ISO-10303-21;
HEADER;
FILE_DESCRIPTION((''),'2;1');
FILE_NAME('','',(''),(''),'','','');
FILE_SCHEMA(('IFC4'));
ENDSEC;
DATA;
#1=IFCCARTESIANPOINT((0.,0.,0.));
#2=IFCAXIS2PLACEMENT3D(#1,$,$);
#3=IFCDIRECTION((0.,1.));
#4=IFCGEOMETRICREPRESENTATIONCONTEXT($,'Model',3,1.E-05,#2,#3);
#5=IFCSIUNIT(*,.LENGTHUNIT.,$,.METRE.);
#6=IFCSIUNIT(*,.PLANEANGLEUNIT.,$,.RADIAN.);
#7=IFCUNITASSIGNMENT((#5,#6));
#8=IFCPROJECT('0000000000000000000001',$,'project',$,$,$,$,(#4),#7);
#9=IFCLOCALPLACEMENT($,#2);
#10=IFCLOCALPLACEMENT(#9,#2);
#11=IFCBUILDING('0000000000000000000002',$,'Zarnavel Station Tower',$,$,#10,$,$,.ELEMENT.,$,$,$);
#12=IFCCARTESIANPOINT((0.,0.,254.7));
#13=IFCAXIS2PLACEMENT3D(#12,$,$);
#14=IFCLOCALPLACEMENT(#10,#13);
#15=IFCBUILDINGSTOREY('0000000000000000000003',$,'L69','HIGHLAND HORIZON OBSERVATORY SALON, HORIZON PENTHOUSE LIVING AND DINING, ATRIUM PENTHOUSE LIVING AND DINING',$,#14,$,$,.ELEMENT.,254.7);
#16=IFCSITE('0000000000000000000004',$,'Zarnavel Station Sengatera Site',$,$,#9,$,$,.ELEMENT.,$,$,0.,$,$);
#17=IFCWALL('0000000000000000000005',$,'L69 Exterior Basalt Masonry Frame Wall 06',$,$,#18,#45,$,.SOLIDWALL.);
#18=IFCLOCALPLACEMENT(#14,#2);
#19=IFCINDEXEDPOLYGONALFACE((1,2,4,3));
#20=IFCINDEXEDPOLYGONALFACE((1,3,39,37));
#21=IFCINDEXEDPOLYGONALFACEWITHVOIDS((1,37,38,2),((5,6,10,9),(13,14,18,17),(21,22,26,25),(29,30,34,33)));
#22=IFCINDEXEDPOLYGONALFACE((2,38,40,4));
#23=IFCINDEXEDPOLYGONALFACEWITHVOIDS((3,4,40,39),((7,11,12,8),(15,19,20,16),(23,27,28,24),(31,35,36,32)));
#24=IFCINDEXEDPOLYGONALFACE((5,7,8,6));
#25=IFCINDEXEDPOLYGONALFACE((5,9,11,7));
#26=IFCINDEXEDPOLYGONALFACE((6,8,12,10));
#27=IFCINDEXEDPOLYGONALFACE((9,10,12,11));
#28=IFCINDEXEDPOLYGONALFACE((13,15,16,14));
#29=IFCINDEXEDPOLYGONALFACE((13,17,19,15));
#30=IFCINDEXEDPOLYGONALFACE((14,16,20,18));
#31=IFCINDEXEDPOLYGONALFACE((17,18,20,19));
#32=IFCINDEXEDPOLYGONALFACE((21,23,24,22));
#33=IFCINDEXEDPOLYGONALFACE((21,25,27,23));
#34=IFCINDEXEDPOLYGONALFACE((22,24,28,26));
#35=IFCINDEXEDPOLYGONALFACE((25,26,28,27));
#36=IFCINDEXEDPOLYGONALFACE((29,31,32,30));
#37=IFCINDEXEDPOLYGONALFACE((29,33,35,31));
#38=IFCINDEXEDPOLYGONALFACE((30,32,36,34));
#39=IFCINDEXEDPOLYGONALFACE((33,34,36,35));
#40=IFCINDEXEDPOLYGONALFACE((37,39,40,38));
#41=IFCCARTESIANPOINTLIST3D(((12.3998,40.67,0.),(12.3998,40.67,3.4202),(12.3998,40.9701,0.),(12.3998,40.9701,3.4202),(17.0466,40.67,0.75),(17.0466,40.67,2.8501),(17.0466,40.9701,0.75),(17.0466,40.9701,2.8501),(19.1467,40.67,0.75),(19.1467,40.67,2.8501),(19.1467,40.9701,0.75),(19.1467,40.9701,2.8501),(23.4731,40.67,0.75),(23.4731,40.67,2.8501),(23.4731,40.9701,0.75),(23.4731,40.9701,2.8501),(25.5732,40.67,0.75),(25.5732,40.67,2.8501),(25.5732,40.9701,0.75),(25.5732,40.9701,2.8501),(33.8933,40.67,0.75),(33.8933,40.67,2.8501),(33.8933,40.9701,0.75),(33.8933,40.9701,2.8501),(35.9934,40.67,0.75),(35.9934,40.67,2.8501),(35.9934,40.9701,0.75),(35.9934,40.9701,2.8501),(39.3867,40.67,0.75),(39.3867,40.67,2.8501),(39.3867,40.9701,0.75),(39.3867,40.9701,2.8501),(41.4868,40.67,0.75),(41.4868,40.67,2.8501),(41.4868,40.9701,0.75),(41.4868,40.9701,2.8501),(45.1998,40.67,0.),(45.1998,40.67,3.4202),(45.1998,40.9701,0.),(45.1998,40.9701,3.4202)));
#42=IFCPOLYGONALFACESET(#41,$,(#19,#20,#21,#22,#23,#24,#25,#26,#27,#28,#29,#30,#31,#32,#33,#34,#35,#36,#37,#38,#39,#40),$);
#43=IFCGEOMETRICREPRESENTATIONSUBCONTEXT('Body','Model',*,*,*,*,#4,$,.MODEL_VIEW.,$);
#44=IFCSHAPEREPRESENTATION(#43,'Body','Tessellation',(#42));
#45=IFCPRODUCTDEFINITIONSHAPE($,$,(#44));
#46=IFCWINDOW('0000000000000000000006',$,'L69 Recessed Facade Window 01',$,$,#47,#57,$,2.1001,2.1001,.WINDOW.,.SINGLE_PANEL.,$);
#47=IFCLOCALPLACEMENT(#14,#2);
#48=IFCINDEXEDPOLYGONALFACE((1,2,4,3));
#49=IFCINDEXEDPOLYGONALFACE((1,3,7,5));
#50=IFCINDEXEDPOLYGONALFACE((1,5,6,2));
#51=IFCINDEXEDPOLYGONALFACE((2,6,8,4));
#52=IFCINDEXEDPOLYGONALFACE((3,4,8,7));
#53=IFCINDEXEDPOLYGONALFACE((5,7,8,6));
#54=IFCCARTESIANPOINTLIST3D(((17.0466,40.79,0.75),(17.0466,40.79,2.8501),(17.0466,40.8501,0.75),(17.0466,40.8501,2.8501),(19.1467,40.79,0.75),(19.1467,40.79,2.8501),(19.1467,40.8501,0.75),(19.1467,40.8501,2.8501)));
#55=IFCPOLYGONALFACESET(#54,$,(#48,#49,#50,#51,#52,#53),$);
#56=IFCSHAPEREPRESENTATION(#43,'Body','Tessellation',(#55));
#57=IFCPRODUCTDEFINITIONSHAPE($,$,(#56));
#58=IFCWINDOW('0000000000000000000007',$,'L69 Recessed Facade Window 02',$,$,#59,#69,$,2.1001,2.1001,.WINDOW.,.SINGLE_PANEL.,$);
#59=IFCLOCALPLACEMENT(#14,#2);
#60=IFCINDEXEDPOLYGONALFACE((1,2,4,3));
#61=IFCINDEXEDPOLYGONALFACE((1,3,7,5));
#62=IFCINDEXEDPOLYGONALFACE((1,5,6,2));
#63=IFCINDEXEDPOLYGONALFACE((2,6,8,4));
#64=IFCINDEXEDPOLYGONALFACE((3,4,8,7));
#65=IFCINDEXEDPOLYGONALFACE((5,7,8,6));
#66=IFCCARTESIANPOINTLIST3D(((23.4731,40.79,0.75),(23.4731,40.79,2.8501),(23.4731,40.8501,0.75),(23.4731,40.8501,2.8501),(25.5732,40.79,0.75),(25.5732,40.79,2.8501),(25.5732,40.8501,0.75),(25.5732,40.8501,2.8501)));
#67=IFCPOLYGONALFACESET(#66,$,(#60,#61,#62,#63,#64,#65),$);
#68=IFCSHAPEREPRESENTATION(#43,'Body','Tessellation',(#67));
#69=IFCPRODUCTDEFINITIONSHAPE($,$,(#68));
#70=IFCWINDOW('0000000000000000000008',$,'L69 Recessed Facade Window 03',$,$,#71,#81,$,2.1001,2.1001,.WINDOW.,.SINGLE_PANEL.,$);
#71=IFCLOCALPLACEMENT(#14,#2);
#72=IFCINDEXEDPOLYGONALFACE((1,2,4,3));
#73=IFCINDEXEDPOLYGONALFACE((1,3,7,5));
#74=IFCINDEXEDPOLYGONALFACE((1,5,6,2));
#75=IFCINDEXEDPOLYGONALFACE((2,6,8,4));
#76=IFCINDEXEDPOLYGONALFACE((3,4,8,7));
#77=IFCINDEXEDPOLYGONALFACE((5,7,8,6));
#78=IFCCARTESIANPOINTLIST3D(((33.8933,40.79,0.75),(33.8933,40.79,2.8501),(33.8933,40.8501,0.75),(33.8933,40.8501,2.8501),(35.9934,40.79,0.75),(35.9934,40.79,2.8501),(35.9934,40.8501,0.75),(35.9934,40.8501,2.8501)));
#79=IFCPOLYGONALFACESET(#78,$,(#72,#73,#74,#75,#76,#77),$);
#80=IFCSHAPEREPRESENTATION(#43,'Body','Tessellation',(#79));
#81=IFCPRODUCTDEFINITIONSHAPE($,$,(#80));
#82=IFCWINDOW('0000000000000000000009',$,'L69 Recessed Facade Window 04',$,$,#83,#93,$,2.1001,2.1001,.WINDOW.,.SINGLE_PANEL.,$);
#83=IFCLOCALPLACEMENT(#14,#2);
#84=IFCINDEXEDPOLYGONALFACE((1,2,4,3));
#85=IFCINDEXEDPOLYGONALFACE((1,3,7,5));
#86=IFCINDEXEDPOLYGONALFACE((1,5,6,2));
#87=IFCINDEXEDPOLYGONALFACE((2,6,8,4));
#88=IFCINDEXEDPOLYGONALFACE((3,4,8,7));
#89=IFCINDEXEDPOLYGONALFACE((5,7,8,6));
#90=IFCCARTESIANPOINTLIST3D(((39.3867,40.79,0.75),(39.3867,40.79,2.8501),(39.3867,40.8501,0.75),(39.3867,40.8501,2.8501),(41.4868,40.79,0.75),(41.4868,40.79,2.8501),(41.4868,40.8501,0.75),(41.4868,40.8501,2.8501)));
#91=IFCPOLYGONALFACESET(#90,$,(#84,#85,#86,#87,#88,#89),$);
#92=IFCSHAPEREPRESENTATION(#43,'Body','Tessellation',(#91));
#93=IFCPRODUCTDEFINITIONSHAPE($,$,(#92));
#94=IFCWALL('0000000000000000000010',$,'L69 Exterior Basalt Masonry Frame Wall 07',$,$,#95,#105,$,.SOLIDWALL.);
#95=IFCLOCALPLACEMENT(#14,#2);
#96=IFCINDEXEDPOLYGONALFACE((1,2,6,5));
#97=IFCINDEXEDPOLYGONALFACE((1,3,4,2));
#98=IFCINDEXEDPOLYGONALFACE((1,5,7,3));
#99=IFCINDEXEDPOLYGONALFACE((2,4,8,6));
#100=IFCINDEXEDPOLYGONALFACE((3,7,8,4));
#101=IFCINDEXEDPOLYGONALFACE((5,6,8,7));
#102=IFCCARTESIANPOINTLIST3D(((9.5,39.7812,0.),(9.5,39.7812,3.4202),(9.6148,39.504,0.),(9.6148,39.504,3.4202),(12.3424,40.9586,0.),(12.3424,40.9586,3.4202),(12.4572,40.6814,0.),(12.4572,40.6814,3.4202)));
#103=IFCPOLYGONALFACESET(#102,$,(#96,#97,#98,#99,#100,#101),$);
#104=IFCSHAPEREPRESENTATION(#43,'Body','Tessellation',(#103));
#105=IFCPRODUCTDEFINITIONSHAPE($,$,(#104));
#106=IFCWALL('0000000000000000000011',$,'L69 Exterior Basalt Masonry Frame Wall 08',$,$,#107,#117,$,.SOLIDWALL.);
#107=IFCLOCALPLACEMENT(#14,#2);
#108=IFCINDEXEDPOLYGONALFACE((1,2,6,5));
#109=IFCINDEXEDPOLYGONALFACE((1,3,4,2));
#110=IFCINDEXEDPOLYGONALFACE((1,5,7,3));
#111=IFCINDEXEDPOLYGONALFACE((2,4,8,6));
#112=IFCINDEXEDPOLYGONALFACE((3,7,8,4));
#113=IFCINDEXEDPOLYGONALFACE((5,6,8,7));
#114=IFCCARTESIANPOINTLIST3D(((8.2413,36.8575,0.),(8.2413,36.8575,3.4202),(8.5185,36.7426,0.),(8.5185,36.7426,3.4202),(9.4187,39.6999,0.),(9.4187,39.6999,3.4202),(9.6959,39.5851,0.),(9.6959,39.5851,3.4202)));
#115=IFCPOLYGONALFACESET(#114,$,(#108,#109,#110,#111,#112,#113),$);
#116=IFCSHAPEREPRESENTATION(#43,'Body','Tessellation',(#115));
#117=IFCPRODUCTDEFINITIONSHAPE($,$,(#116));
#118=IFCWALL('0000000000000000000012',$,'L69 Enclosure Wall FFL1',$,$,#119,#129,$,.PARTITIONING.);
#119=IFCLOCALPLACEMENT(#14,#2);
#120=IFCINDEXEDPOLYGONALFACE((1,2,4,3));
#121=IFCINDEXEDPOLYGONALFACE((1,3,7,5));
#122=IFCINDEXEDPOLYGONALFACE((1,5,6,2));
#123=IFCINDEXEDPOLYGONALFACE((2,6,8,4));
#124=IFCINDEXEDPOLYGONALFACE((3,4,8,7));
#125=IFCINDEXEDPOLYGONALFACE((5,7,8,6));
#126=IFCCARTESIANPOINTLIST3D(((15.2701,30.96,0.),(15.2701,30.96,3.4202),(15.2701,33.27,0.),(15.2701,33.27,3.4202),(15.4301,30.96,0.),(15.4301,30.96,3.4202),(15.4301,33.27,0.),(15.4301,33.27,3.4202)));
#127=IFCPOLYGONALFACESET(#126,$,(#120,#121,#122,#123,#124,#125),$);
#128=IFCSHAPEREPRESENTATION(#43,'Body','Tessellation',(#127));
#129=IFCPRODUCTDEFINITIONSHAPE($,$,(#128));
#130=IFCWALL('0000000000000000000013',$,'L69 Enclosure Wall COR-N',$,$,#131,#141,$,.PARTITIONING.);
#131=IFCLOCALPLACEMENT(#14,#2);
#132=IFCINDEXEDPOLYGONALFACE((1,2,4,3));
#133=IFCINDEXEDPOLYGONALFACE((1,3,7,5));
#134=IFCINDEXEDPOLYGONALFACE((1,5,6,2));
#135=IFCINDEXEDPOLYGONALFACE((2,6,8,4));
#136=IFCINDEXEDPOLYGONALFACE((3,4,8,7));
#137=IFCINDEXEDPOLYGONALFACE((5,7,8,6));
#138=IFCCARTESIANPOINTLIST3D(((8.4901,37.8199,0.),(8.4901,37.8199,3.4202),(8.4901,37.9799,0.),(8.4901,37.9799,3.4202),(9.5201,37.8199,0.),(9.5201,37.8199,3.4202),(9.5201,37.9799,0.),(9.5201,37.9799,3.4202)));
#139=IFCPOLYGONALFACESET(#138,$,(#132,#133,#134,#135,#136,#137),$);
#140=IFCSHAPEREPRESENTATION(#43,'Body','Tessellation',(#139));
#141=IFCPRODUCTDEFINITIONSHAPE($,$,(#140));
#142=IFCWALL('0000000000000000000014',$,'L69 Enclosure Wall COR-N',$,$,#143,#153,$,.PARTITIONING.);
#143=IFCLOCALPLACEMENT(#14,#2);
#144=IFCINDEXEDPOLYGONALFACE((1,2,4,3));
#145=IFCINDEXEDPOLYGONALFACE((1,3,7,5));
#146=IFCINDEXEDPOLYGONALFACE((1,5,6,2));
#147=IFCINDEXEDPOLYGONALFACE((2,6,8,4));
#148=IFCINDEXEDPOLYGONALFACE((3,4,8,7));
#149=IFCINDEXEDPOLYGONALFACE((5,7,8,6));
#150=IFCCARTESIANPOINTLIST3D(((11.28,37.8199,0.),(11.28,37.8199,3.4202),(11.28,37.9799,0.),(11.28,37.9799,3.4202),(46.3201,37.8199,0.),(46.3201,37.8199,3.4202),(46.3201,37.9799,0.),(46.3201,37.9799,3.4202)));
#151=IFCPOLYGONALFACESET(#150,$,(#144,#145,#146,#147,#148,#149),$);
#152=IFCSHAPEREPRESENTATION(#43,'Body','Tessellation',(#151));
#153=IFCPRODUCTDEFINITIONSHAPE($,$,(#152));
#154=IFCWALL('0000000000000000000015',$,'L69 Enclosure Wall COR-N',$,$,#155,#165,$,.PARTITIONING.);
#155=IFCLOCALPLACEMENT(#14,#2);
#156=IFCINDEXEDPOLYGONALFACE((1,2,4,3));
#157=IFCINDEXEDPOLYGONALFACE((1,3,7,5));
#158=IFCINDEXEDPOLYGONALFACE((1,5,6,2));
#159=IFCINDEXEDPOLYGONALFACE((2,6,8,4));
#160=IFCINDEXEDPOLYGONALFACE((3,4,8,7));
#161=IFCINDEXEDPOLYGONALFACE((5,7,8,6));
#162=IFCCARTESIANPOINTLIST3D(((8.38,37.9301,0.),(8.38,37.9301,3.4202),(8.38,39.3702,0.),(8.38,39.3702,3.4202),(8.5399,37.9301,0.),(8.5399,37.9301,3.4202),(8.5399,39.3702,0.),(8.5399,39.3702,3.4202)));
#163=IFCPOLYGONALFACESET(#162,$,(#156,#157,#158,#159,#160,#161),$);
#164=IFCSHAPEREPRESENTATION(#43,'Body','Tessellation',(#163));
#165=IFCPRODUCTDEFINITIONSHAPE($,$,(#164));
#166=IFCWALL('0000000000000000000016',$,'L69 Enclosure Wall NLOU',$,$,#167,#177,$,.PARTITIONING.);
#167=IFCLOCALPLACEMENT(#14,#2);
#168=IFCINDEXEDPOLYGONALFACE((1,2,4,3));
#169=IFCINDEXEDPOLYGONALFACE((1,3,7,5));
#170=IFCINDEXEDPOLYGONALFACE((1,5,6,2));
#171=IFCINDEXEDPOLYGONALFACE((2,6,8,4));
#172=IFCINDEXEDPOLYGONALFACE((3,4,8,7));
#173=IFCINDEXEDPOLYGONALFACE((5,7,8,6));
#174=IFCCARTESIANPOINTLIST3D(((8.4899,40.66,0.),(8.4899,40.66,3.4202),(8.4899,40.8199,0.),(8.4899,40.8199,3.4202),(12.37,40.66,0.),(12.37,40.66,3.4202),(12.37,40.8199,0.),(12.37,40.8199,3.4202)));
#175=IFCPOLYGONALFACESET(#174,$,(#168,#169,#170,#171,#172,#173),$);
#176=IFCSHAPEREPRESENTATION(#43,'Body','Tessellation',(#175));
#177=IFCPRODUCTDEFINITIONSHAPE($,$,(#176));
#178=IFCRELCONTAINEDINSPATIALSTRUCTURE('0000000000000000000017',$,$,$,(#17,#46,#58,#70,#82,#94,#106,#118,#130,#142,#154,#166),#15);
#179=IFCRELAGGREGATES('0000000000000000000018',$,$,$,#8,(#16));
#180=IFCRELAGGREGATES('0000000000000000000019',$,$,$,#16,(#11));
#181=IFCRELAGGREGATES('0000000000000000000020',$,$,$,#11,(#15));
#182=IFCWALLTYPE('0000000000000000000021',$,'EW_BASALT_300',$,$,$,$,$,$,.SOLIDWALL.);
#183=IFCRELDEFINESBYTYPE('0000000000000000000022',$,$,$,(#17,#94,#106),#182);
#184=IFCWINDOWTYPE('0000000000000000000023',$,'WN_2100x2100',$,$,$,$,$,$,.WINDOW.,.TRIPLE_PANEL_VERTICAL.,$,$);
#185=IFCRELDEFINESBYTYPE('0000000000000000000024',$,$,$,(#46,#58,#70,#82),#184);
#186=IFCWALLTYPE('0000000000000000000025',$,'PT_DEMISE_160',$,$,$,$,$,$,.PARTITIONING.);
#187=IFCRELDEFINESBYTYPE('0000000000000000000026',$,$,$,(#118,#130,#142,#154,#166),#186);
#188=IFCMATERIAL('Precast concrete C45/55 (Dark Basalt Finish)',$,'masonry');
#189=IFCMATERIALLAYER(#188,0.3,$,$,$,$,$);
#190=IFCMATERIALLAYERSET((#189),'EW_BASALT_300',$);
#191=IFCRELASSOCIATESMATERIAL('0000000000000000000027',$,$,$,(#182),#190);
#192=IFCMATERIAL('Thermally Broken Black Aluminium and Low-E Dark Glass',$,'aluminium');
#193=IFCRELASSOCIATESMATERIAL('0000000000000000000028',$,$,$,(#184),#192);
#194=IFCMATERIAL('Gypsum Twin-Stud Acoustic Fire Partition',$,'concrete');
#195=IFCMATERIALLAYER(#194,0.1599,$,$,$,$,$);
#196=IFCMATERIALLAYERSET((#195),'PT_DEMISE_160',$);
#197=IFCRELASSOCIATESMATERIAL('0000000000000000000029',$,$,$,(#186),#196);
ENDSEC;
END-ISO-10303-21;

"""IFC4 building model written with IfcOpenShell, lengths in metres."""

from ifc_helpers import new_model, si_unit, direction, frame, frame_2d, origin, place, context, subcontext, project, spatial, rectangle, extrude, material, layer, layer_set, type_object, element, fill, save


model = new_model("IFC4")

# Units and contexts
model_context = context("Model", 3, precision=1e-05, world=origin(), true_north=direction((0.0, 1.0)))
body_context = subcontext(model_context, "Body", "Model", "MODEL_VIEW")
ifc_project = project(units=[si_unit("LENGTHUNIT", "METRE"), si_unit("PLANEANGLEUNIT", "RADIAN")], contexts=[model_context])

# Site, building, storey
site_placement = place(None, origin())
site = spatial("IfcSite", under=ifc_project, at=site_placement, Name="Zarnavel Station Sengatera Site", CompositionType="ELEMENT", RefElevation=0.0)
building_placement = place(site_placement, origin())
building = spatial("IfcBuilding", under=site, at=building_placement, Name="Zarnavel Station Tower", CompositionType="ELEMENT")
storey_placement = place(building_placement, frame((0.0, 0.0, 254.7)))
storey = spatial("IfcBuildingStorey", under=building, at=storey_placement, Name="L69", Description="HIGHLAND HORIZON OBSERVATORY SALON, HORIZON PENTHOUSE LIVING AND DINING, ATRIUM PENTHOUSE LIVING AND DINING", CompositionType="ELEMENT", Elevation=254.7)

# Wall, openings, windows
ifc_material_1 = material(Name="Precast concrete C45/55 (Dark Basalt Finish)", Category="masonry")
ifc_layer_1 = layer(ifc_material_1, 0.3)
ifc_layer_set_1 = layer_set([ifc_layer_1], Name="EW_BASALT_300")
wall_type_1 = type_object("IfcWallType", Name="EW_BASALT_300", PredefinedType="SOLIDWALL", material=ifc_layer_set_1)
wall_1_placement = place(storey_placement, frame((12.3999, 40.8201, 0.0), z_axis=(0.0, 0.0, 1.0), x_axis=(1.0, 0.0, 0.0)))
wall_1 = element("IfcWall", 1, at=wall_1_placement, inside=storey, type_object=wall_type_1, Name="L69 Exterior Basalt Masonry Frame Wall 06", PredefinedType="SOLIDWALL", context=body_context, shape_type="SweptSolid", body=[
    extrude(rectangle(XDim=32.8, YDim=0.3, at=frame_2d((16.3999, 0.0))), origin(), (0.0, 0.0, 1.0), 3.4202),
])
opening_1_placement = place(wall_1_placement, frame((4.6467, 0.0, 0.75)))
opening_1 = element("IfcOpeningElement", 2, at=opening_1_placement, cuts=wall_1, PredefinedType="OPENING", context=body_context, shape_type="SweptSolid", body=[
    extrude(rectangle(XDim=2.1001, YDim=2.1001, at=frame_2d((1.05, 1.05))), frame((0.0, 0.1599, 0.0), z_axis=(0.0, -1.0, 0.0), x_axis=(1.0, 0.0, 0.0)), (0.0, 0.0, 1.0), 0.3201),
])
opening_2_placement = place(wall_1_placement, frame((11.0732, 0.0, 0.75)))
opening_2 = element("IfcOpeningElement", 3, at=opening_2_placement, cuts=wall_1, PredefinedType="OPENING", context=body_context, shape_type="SweptSolid", body=[
    extrude(rectangle(XDim=2.1001, YDim=2.1001, at=frame_2d((1.05, 1.05))), frame((0.0, 0.1599, 0.0), z_axis=(0.0, -1.0, 0.0), x_axis=(1.0, 0.0, 0.0)), (0.0, 0.0, 1.0), 0.3201),
])
opening_3_placement = place(wall_1_placement, frame((21.4934, 0.0, 0.75)))
opening_3 = element("IfcOpeningElement", 4, at=opening_3_placement, cuts=wall_1, PredefinedType="OPENING", context=body_context, shape_type="SweptSolid", body=[
    extrude(rectangle(XDim=2.1001, YDim=2.1001, at=frame_2d((1.05, 1.05))), frame((0.0, 0.1599, 0.0), z_axis=(0.0, -1.0, 0.0), x_axis=(1.0, 0.0, 0.0)), (0.0, 0.0, 1.0), 0.3201),
])
opening_4_placement = place(wall_1_placement, frame((26.9868, 0.0, 0.75)))
opening_4 = element("IfcOpeningElement", 5, at=opening_4_placement, cuts=wall_1, PredefinedType="OPENING", context=body_context, shape_type="SweptSolid", body=[
    extrude(rectangle(XDim=2.1001, YDim=2.1001, at=frame_2d((1.05, 1.05))), frame((0.0, 0.1599, 0.0), z_axis=(0.0, -1.0, 0.0), x_axis=(1.0, 0.0, 0.0)), (0.0, 0.0, 1.0), 0.3201),
])
ifc_material_2 = material(Name="Thermally Broken Black Aluminium and Low-E Dark Glass", Category="aluminium")
window_type = type_object("IfcWindowType", Name="WN_2100x2100", PartitioningType="TRIPLE_PANEL_VERTICAL", PredefinedType="WINDOW", material=ifc_material_2)
window_1_placement = place(opening_1_placement, origin())
window_1 = element("IfcWindow", 6, at=window_1_placement, inside=storey, type_object=window_type, Name="L69 Recessed Facade Window 01", OverallHeight=2.1001, OverallWidth=2.1001, PartitioningType="SINGLE_PANEL", PredefinedType="WINDOW", context=body_context, shape_type="SweptSolid", body=[
    extrude(rectangle(XDim=2.1001, YDim=2.1001, at=frame_2d((1.05, 1.05))), frame((0.0, 0.03, 0.0), z_axis=(0.0, -1.0, 0.0), x_axis=(1.0, 0.0, 0.0)), (0.0, 0.0, 1.0), 0.0601),
])
fill(opening_1, window_1)
window_2_placement = place(opening_2_placement, origin())
window_2 = element("IfcWindow", 7, at=window_2_placement, inside=storey, type_object=window_type, Name="L69 Recessed Facade Window 02", OverallHeight=2.1001, OverallWidth=2.1001, PartitioningType="SINGLE_PANEL", PredefinedType="WINDOW", context=body_context, shape_type="SweptSolid", body=[
    extrude(rectangle(XDim=2.1001, YDim=2.1001, at=frame_2d((1.05, 1.05))), frame((0.0, 0.03, 0.0), z_axis=(0.0, -1.0, 0.0), x_axis=(1.0, 0.0, 0.0)), (0.0, 0.0, 1.0), 0.0601),
])
fill(opening_2, window_2)
window_3_placement = place(opening_3_placement, origin())
window_3 = element("IfcWindow", 8, at=window_3_placement, inside=storey, type_object=window_type, Name="L69 Recessed Facade Window 03", OverallHeight=2.1001, OverallWidth=2.1001, PartitioningType="SINGLE_PANEL", PredefinedType="WINDOW", context=body_context, shape_type="SweptSolid", body=[
    extrude(rectangle(XDim=2.1001, YDim=2.1001, at=frame_2d((1.05, 1.05))), frame((0.0, 0.03, 0.0), z_axis=(0.0, -1.0, 0.0), x_axis=(1.0, 0.0, 0.0)), (0.0, 0.0, 1.0), 0.0601),
])
fill(opening_3, window_3)
window_4_placement = place(opening_4_placement, origin())
window_4 = element("IfcWindow", 9, at=window_4_placement, inside=storey, type_object=window_type, Name="L69 Recessed Facade Window 04", OverallHeight=2.1001, OverallWidth=2.1001, PartitioningType="SINGLE_PANEL", PredefinedType="WINDOW", context=body_context, shape_type="SweptSolid", body=[
    extrude(rectangle(XDim=2.1001, YDim=2.1001, at=frame_2d((1.05, 1.05))), frame((0.0, 0.03, 0.0), z_axis=(0.0, -1.0, 0.0), x_axis=(1.0, 0.0, 0.0)), (0.0, 0.0, 1.0), 0.0601),
])
fill(opening_4, window_4)

# Walls
for number, where, z_axis, x_axis, name in (
    (10, (9.5574, 39.6426, 0.0), (0.0, 0.0, 1.0), (0.923871, 0.382705, 0.0), "L69 Exterior Basalt Masonry Frame Wall 07"),
    (11, (8.3799, 36.8, 0.0), (0.0, 0.0, 1.0), (0.382705, 0.923871, 0.0), "L69 Exterior Basalt Masonry Frame Wall 08"),
):
    element("IfcWall", number, at=place(storey_placement, frame(where, z_axis=z_axis, x_axis=x_axis)), inside=storey, type_object=wall_type_1, Name=name, PredefinedType="SOLIDWALL", context=body_context, shape_type="SweptSolid", body=[
        extrude(rectangle(XDim=3.0767, YDim=0.3, at=frame_2d((1.5383, 0.0))), origin(), (0.0, 0.0, 1.0), 3.4202),
    ])
ifc_material_3 = material(Name="Gypsum Twin-Stud Acoustic Fire Partition", Category="concrete")
ifc_layer_2 = layer(ifc_material_3, 0.1599)
ifc_layer_set_2 = layer_set([ifc_layer_2], Name="PT_DEMISE_160")
wall_type_2 = type_object("IfcWallType", Name="PT_DEMISE_160", PredefinedType="PARTITIONING", material=ifc_layer_set_2)
wall_2_placement = place(storey_placement, frame((15.3501, 30.96, 0.0), z_axis=(0.0, 0.0, 1.0), x_axis=(0.0, 1.0, 0.0)))
element("IfcWall", 12, at=wall_2_placement, inside=storey, type_object=wall_type_2, Name="L69 Enclosure Wall FFL1", PredefinedType="PARTITIONING", context=body_context, shape_type="SweptSolid", body=[
    extrude(rectangle(XDim=2.3101, YDim=0.1599, at=frame_2d((1.155, 0.0))), origin(), (0.0, 0.0, 1.0), 3.4202),
])
wall_3_placement = place(storey_placement, frame((8.49, 37.8999, 0.0), z_axis=(0.0, 0.0, 1.0), x_axis=(1.0, 0.0, 0.0)))
element("IfcWall", 13, at=wall_3_placement, inside=storey, type_object=wall_type_2, Name="L69 Enclosure Wall COR-N", PredefinedType="PARTITIONING", context=body_context, shape_type="SweptSolid", body=[
    extrude(rectangle(XDim=1.03, YDim=0.1599, at=frame_2d((0.5151, 0.0))), origin(), (0.0, 0.0, 1.0), 3.4202),
])
wall_4_placement = place(storey_placement, frame((11.28, 37.8999, 0.0), z_axis=(0.0, 0.0, 1.0), x_axis=(1.0, 0.0, 0.0)))
element("IfcWall", 14, at=wall_4_placement, inside=storey, type_object=wall_type_2, Name="L69 Enclosure Wall COR-N", PredefinedType="PARTITIONING", context=body_context, shape_type="SweptSolid", body=[
    extrude(rectangle(XDim=35.04, YDim=0.1599, at=frame_2d((17.52, 0.0))), origin(), (0.0, 0.0, 1.0), 3.4202),
])
wall_5_placement = place(storey_placement, frame((8.46, 37.9299, 0.0), z_axis=(0.0, 0.0, 1.0), x_axis=(0.0, 1.0, 0.0)))
element("IfcWall", 15, at=wall_5_placement, inside=storey, type_object=wall_type_2, Name="L69 Enclosure Wall COR-N", PredefinedType="PARTITIONING", context=body_context, shape_type="SweptSolid", body=[
    extrude(rectangle(XDim=1.4402, YDim=0.1599, at=frame_2d((0.7202, 0.0))), origin(), (0.0, 0.0, 1.0), 3.4202),
])
wall_6_placement = place(storey_placement, frame((8.49, 40.74, 0.0), z_axis=(0.0, 0.0, 1.0), x_axis=(1.0, 0.0, 0.0)))
element("IfcWall", 16, at=wall_6_placement, inside=storey, type_object=wall_type_2, Name="L69 Enclosure Wall NLOU", PredefinedType="PARTITIONING", context=body_context, shape_type="SweptSolid", body=[
    extrude(rectangle(XDim=3.8801, YDim=0.1599, at=frame_2d((1.9399, 0.0))), origin(), (0.0, 0.0, 1.0), 3.4202),
])

save(model, "model.ifc")
